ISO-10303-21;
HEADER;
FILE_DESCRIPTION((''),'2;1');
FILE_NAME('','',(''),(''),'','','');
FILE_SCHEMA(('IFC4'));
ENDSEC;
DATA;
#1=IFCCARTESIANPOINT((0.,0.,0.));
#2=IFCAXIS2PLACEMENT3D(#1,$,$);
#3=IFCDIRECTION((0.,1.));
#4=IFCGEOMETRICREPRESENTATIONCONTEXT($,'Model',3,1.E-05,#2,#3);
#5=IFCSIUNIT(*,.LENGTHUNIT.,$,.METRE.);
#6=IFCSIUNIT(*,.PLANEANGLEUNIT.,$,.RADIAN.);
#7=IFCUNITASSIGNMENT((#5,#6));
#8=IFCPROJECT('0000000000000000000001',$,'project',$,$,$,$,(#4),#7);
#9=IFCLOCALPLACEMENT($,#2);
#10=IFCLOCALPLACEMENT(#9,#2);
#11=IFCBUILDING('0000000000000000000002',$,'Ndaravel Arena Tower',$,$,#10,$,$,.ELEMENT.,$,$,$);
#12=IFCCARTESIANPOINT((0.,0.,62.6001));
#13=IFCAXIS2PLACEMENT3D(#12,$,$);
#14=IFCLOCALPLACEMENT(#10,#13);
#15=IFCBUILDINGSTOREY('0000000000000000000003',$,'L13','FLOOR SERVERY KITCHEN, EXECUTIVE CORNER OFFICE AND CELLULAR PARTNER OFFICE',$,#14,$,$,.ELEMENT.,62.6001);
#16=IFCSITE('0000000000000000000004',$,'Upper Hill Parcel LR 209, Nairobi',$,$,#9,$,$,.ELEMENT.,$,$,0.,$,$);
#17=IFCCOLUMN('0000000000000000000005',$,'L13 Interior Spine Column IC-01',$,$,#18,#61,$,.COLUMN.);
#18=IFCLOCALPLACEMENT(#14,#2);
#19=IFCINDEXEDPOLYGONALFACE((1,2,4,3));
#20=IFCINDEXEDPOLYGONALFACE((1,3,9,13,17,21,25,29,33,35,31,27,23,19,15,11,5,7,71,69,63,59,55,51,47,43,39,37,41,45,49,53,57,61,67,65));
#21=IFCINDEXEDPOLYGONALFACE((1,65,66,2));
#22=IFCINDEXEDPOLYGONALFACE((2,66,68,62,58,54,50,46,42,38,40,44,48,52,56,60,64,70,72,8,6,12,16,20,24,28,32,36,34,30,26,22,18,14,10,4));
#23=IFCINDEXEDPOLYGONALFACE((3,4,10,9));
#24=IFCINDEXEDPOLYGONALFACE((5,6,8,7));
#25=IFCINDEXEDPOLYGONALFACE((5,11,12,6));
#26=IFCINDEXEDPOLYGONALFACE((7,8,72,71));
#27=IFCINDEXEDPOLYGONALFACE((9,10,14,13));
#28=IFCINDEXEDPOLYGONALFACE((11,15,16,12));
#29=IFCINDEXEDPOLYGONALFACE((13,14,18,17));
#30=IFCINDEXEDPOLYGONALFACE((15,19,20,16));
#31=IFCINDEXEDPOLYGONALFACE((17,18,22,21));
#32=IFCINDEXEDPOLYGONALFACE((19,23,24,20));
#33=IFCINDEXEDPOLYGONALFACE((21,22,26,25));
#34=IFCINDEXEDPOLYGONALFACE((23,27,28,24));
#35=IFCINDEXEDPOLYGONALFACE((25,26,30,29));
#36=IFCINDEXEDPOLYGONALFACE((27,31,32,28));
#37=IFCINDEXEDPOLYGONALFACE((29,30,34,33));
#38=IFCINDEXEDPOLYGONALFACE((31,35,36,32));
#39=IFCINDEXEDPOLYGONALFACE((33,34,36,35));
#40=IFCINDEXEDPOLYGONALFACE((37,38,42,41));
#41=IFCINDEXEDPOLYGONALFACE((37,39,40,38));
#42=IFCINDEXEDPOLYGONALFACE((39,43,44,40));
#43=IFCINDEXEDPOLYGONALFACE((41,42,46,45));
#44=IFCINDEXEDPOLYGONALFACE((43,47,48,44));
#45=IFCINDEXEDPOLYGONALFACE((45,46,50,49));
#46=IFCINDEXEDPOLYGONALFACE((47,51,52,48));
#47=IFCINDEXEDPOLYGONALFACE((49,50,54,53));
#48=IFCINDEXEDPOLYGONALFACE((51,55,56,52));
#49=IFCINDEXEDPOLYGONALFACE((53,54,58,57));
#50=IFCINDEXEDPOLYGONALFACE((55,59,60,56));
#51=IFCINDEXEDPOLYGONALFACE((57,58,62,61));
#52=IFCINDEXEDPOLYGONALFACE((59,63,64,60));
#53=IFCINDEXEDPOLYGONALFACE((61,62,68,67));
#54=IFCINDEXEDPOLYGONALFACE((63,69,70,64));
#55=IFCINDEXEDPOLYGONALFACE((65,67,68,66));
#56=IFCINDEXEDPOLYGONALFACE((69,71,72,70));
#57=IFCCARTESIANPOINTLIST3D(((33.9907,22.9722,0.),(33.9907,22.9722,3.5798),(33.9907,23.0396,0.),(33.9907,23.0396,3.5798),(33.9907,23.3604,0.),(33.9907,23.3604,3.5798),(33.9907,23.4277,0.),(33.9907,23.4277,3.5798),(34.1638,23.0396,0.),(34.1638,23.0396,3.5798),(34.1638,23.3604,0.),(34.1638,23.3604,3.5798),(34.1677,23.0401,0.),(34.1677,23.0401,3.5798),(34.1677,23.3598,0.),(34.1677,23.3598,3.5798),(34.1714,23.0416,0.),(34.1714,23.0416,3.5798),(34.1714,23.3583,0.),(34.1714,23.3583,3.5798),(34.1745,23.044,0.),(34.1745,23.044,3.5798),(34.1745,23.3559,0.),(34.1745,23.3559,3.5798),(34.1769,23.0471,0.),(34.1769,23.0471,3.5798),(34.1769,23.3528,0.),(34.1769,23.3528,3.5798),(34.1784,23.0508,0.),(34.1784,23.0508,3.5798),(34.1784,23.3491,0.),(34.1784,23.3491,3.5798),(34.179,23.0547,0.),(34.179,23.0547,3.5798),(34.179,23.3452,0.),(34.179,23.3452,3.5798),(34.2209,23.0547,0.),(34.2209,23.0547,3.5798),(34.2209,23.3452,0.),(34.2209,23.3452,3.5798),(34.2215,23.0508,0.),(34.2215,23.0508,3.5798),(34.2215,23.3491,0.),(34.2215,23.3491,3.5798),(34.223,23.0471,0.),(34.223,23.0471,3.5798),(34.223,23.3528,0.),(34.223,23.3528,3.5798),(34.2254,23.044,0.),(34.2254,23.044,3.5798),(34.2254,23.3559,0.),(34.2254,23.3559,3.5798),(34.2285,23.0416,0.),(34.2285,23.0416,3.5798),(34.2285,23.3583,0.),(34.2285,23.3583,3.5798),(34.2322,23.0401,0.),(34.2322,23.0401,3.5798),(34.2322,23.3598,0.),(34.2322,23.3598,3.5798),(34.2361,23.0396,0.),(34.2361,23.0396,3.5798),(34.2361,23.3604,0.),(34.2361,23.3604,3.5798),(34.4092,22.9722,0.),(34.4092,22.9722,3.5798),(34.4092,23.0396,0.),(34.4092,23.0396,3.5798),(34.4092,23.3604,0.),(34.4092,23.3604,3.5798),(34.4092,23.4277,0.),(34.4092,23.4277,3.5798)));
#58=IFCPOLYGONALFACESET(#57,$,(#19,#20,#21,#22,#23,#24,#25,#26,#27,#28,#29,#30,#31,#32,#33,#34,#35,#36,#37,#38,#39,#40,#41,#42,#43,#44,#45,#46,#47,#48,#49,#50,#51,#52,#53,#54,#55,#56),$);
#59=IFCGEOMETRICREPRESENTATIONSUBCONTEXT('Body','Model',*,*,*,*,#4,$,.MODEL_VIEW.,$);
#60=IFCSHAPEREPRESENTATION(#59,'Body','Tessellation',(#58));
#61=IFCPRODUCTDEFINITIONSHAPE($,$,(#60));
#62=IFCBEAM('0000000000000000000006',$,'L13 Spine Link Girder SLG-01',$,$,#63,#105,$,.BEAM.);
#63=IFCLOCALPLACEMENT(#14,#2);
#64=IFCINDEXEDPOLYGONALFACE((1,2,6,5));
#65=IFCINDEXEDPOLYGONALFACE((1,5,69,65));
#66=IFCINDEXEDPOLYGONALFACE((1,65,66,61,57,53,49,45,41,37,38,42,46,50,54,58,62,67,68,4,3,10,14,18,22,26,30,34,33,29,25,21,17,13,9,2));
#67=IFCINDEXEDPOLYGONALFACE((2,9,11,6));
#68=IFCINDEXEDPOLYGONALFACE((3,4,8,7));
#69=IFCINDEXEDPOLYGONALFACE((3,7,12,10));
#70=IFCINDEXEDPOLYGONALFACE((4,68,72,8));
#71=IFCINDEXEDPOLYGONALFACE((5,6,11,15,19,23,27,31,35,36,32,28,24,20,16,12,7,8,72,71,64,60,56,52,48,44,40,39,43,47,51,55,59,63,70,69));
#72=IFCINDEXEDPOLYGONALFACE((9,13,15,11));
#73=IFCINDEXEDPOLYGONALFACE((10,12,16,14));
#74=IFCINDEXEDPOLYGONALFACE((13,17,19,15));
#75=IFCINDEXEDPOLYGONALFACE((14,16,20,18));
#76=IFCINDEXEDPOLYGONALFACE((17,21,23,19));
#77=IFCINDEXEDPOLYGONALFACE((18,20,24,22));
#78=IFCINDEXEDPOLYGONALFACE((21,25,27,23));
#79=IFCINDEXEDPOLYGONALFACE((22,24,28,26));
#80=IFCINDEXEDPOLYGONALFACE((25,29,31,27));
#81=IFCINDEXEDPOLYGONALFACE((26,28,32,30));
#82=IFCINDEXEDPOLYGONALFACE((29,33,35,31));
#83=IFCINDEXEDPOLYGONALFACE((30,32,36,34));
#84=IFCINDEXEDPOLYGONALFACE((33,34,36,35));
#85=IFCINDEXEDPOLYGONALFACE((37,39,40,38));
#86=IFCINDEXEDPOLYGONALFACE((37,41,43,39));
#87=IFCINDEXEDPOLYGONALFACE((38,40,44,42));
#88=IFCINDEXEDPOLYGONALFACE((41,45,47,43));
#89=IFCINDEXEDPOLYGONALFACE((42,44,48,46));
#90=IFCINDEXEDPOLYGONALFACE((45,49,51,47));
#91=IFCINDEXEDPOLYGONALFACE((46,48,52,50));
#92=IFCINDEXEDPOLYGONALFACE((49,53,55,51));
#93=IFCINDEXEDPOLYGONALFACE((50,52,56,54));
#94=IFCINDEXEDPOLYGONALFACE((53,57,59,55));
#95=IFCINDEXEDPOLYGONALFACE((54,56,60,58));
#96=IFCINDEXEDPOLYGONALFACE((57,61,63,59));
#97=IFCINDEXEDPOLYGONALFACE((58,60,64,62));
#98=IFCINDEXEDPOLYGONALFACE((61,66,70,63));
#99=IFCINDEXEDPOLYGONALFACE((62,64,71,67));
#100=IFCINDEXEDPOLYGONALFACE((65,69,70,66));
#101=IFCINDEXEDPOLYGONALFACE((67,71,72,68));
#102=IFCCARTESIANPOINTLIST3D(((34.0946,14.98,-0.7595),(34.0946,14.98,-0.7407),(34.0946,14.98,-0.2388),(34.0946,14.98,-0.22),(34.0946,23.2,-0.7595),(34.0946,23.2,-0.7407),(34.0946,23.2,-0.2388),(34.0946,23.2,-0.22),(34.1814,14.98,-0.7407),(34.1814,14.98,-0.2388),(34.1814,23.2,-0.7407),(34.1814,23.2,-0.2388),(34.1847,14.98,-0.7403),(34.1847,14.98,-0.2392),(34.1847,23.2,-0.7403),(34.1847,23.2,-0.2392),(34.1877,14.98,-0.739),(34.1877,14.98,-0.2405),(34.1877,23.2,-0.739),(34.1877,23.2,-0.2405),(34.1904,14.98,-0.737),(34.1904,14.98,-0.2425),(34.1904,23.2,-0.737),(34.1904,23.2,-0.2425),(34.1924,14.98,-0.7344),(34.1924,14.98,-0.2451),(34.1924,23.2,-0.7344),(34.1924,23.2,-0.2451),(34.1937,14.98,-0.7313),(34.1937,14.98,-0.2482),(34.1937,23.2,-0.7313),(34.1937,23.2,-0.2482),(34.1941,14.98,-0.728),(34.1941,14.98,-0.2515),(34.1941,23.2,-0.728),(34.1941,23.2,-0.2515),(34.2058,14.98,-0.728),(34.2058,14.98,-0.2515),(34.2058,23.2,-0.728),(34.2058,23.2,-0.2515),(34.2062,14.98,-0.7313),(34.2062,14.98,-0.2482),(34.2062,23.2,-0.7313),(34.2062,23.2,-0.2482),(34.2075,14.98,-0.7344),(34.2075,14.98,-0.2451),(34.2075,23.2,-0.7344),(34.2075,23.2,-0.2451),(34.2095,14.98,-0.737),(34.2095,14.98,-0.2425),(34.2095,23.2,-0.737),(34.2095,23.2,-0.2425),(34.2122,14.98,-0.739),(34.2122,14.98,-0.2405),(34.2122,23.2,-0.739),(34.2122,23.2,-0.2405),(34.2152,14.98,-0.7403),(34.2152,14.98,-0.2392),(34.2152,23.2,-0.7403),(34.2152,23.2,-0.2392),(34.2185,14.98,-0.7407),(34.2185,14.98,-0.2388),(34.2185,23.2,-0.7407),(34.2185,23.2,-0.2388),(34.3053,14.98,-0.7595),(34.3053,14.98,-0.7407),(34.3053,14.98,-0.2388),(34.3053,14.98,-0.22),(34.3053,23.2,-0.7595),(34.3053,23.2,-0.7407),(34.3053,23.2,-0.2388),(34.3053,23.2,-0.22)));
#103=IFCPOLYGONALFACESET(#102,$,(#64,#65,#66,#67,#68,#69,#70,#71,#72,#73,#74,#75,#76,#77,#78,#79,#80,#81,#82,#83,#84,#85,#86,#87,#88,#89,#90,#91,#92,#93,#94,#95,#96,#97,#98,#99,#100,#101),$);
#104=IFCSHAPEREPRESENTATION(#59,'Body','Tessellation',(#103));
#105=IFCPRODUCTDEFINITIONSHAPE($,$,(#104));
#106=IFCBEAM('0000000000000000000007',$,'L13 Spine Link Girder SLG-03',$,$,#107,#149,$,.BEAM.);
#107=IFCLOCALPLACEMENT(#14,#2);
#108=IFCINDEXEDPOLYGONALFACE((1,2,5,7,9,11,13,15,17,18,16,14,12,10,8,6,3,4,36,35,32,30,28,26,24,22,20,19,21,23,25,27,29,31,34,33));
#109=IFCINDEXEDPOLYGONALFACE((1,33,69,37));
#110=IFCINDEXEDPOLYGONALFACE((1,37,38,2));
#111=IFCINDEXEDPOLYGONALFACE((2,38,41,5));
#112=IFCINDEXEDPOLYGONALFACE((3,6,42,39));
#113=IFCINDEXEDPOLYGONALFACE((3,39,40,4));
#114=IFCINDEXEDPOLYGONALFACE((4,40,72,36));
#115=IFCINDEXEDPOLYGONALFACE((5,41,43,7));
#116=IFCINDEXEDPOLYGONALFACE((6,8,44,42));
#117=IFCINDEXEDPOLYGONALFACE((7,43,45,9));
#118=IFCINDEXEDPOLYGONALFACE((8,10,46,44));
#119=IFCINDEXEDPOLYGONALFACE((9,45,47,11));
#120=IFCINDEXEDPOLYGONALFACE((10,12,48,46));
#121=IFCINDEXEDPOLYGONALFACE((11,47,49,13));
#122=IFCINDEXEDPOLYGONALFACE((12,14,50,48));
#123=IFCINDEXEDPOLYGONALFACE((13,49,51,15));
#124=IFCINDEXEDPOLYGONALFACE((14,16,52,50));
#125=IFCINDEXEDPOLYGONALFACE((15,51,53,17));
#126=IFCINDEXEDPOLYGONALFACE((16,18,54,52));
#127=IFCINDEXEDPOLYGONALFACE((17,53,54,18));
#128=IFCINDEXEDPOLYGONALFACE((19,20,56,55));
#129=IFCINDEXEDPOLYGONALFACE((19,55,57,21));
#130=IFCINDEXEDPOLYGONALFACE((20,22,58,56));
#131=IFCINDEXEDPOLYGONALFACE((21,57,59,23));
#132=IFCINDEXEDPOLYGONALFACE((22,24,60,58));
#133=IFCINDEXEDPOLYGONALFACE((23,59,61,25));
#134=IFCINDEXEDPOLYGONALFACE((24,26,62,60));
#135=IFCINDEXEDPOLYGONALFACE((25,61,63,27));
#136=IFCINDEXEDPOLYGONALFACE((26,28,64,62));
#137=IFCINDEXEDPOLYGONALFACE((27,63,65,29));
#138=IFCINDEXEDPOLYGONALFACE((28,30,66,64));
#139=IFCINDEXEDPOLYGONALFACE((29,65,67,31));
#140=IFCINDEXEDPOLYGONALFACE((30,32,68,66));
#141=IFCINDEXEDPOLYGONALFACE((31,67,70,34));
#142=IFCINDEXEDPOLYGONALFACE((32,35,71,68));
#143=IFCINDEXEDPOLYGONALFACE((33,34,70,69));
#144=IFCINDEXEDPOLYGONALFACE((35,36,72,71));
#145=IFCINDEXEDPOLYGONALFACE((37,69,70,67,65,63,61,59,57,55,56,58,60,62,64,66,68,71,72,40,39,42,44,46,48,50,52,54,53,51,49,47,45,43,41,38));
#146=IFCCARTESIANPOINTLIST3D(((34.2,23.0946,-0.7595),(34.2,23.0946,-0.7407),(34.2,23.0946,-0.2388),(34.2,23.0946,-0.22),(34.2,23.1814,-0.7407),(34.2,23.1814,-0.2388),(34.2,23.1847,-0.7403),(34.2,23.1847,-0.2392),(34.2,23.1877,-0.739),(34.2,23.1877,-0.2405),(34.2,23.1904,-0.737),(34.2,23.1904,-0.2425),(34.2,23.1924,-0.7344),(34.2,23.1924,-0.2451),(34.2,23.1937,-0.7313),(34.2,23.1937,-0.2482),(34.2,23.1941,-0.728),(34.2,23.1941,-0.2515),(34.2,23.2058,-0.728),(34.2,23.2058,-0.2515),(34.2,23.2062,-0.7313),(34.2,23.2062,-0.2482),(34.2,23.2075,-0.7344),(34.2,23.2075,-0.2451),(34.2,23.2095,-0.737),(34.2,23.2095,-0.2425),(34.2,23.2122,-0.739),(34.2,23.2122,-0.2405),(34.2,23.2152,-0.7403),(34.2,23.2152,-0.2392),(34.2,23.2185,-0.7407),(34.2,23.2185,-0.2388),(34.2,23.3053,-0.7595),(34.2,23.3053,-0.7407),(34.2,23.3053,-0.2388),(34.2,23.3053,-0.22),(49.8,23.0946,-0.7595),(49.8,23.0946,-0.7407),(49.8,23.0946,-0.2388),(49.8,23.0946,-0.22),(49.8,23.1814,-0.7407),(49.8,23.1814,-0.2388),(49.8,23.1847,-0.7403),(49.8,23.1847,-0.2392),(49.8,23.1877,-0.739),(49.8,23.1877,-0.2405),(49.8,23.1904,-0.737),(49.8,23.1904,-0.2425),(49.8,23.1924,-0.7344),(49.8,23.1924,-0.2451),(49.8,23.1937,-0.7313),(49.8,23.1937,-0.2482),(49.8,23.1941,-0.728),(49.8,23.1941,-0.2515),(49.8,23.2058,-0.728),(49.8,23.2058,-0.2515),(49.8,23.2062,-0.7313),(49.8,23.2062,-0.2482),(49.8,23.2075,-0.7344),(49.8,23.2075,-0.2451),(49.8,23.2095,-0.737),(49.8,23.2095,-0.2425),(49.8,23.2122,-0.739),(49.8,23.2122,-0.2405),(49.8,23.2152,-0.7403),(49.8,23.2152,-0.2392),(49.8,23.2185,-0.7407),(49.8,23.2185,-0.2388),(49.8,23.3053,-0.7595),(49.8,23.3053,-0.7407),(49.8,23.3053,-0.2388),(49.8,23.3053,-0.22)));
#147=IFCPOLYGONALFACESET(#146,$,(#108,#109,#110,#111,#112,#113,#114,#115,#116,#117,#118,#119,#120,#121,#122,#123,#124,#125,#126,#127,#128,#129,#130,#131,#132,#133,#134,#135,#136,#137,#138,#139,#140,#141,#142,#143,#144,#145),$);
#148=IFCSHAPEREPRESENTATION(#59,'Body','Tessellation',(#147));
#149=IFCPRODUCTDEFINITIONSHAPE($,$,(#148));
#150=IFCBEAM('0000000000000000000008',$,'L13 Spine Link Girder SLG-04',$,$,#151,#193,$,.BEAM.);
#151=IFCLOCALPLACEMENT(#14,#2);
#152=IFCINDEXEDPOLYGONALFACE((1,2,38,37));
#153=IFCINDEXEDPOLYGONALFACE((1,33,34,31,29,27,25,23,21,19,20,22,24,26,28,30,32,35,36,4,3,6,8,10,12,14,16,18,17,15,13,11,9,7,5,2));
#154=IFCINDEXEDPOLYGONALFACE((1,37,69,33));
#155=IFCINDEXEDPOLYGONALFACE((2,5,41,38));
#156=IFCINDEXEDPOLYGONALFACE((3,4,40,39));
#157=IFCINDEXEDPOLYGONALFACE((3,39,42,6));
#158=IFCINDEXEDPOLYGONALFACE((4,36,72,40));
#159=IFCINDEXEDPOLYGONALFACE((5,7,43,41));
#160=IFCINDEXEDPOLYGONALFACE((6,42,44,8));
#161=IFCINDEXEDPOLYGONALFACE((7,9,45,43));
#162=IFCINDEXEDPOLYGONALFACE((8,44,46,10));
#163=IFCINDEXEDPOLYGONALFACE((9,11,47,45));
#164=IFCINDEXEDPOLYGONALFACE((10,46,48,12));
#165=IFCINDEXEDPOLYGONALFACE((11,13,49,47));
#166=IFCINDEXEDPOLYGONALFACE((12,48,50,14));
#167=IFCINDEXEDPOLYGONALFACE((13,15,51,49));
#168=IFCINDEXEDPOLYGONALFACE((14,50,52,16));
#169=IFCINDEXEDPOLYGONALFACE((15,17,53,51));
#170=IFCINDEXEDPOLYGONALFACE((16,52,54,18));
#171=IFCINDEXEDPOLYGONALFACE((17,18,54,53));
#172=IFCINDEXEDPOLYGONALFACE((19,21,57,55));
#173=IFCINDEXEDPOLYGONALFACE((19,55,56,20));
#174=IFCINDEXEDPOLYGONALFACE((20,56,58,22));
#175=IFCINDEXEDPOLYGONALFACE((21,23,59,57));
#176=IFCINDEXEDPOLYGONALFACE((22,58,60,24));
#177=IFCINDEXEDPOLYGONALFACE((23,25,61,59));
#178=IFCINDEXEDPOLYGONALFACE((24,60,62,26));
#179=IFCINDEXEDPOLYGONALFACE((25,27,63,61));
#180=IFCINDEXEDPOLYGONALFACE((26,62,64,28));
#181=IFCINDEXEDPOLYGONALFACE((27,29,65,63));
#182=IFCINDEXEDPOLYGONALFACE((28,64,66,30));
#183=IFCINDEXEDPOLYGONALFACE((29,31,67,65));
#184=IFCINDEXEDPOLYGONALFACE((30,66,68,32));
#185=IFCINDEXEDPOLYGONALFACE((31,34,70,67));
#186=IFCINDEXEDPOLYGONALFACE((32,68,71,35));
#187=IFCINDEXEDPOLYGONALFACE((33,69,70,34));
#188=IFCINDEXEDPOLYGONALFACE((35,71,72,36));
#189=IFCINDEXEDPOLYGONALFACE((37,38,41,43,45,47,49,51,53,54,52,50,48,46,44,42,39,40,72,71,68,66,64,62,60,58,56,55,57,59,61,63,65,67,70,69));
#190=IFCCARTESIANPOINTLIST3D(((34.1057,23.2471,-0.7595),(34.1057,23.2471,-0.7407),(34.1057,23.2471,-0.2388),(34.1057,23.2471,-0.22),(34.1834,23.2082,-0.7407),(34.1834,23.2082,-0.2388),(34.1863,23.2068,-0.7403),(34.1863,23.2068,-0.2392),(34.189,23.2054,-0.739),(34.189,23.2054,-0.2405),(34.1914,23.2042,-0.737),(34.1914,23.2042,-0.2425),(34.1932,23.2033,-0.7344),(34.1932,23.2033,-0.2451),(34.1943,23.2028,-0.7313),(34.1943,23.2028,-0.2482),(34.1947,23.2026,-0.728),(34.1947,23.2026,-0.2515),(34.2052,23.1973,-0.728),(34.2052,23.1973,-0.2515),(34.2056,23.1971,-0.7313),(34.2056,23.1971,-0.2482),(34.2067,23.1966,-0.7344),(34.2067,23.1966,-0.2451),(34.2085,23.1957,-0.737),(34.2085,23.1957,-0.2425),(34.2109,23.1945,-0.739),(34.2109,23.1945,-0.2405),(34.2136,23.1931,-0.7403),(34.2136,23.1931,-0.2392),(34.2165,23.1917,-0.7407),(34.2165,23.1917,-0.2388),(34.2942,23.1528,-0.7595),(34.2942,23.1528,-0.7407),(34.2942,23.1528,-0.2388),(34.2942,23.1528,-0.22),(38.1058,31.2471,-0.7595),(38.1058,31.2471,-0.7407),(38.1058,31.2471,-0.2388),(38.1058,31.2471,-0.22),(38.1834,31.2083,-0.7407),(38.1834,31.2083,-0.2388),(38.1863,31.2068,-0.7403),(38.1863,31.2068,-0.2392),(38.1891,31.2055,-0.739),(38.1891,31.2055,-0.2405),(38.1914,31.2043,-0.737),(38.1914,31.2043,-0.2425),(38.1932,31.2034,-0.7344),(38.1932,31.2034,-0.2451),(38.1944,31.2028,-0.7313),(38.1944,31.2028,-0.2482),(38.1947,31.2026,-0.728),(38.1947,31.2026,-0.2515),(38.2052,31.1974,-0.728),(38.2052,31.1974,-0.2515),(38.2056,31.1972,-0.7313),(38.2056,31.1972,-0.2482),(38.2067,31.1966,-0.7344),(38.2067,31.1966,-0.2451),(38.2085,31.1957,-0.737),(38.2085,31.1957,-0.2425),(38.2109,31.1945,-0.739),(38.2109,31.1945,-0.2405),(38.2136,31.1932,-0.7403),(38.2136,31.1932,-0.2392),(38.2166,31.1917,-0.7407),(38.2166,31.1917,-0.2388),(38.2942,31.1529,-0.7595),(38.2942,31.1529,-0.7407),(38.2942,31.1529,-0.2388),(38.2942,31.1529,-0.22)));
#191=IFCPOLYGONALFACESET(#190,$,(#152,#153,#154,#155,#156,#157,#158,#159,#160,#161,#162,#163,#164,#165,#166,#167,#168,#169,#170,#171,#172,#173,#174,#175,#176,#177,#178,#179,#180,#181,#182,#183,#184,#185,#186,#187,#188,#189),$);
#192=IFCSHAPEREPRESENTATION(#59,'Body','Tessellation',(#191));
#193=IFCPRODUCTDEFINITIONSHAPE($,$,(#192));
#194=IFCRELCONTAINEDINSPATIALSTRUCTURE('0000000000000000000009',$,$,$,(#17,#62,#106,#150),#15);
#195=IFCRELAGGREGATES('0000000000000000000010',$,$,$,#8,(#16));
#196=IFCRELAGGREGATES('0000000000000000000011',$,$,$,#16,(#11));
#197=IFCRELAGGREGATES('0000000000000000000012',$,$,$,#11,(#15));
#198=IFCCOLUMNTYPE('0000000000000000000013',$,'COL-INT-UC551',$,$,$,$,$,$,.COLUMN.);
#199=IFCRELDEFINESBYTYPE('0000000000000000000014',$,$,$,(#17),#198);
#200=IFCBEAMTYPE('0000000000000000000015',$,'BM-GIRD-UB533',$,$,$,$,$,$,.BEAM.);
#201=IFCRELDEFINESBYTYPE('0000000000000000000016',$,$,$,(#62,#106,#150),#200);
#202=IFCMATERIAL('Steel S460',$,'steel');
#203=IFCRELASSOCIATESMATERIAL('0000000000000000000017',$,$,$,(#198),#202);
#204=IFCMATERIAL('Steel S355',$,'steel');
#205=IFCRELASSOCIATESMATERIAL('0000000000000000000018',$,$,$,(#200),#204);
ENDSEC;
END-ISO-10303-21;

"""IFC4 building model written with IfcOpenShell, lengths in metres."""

from ifc_helpers import new_model, si_unit, direction, frame, origin, origin_2d, place, context, subcontext, project, spatial, i_section, extrude, material, material_profile, profile_set, type_object, element, save


model = new_model("IFC4")

# Units and contexts
model_context = context("Model", 3, precision=1e-05, world=origin(), true_north=direction((0.0, 1.0)))
body_context = subcontext(model_context, "Body", "Model", "MODEL_VIEW")
ifc_project = project(units=[si_unit("LENGTHUNIT", "METRE"), si_unit("PLANEANGLEUNIT", "RADIAN")], contexts=[model_context])

# Site, building, storey
site_placement = place(None, origin())
site = spatial("IfcSite", under=ifc_project, at=site_placement, Name="Upper Hill Parcel LR 209, Nairobi", CompositionType="ELEMENT", RefElevation=0.0)
building_placement = place(site_placement, origin())
building = spatial("IfcBuilding", under=site, at=building_placement, Name="Ndaravel Arena Tower", CompositionType="ELEMENT")
storey_placement = place(building_placement, frame((0.0, 0.0, 62.6001)))
storey = spatial("IfcBuildingStorey", under=building, at=storey_placement, Name="L13", Description="FLOOR SERVERY KITCHEN, EXECUTIVE CORNER OFFICE AND CELLULAR PARTNER OFFICE", CompositionType="ELEMENT", Elevation=62.6001)

# Column
ifc_material_1 = material(Name="Steel S460", Category="steel")
ifc_material_profile_1 = material_profile(ifc_material_1, i_section(OverallWidth=0.4185, OverallDepth=0.4556, WebThickness=0.042, FlangeThickness=0.0674, FilletRadius=0.0151, at=origin_2d()), Name="UC 356x406x551")
ifc_profile_set_1 = profile_set([ifc_material_profile_1], Name="Steel S460")
column_type = type_object("IfcColumnType", Name="COL-INT-UC551", PredefinedType="COLUMN", material=ifc_profile_set_1)
column_placement = place(storey_placement, frame((34.2, 23.2, 0.0), z_axis=(0.0, 0.0, 1.0), x_axis=(1.0, 0.0, 0.0)))
element("IfcColumn", 1, at=column_placement, inside=storey, type_object=column_type, Name="L13 Interior Spine Column IC-01", PredefinedType="COLUMN", context=body_context, shape_type="SweptSolid", body=[
    extrude(i_section(OverallWidth=0.4185, OverallDepth=0.4556, WebThickness=0.042, FlangeThickness=0.0674, FilletRadius=0.0151, at=origin_2d()), origin(), (0.0, 0.0, 1.0), 3.5798),
])

# Beams
ifc_material_2 = material(Name="Steel S355", Category="steel")
ifc_material_profile_2 = material_profile(ifc_material_2, i_section(OverallWidth=0.2107, OverallDepth=0.5396, WebThickness=0.0117, FlangeThickness=0.0188, FilletRadius=0.0127, at=origin_2d()), Name="UB 533x210x109")
ifc_profile_set_2 = profile_set([ifc_material_profile_2], Name="Steel S355")
beam_type_1 = type_object("IfcBeamType", Name="BM-GIRD-UB533", PredefinedType="BEAM", material=ifc_profile_set_2)
beam_1_placement = place(storey_placement, frame((34.2, 14.98, -0.4897), z_axis=(0.0, 1.0, 0.0), x_axis=(-1.0, 0.0, 0.0)))
element("IfcBeam", 2, at=beam_1_placement, inside=storey, type_object=beam_type_1, Name="L13 Spine Link Girder SLG-01", PredefinedType="BEAM", context=body_context, shape_type="SweptSolid", body=[
    extrude(i_section(OverallWidth=0.2107, OverallDepth=0.5396, WebThickness=0.0117, FlangeThickness=0.0188, FilletRadius=0.0127, at=origin_2d()), origin(), (0.0, 0.0, 1.0), 8.22),
])
beam_2_placement = place(storey_placement, frame((34.2, 23.2, -0.4897), z_axis=(1.0, 0.0, 0.0), x_axis=(0.0, 1.0, 0.0)))
element("IfcBeam", 3, at=beam_2_placement, inside=storey, type_object=beam_type_1, Name="L13 Spine Link Girder SLG-03", PredefinedType="BEAM", context=body_context, shape_type="SweptSolid", body=[
    extrude(i_section(OverallWidth=0.2107, OverallDepth=0.5396, WebThickness=0.0117, FlangeThickness=0.0188, FilletRadius=0.0127, at=origin_2d()), origin(), (0.0, 0.0, 1.0), 15.6001),
])
beam_3_placement = place(storey_placement, frame((34.2, 23.2, -0.4897), z_axis=(0.447214, 0.894427, 0.0), x_axis=(-0.894427, 0.447214, 0.0)))
element("IfcBeam", 4, at=beam_3_placement, inside=storey, type_object=beam_type_1, Name="L13 Spine Link Girder SLG-04", PredefinedType="BEAM", context=body_context, shape_type="SweptSolid", body=[
    extrude(i_section(OverallWidth=0.2107, OverallDepth=0.5396, WebThickness=0.0117, FlangeThickness=0.0188, FilletRadius=0.0127, at=origin_2d()), origin(), (0.0, 0.0, 1.0), 8.9443),
])

save(model, "model.ifc")
